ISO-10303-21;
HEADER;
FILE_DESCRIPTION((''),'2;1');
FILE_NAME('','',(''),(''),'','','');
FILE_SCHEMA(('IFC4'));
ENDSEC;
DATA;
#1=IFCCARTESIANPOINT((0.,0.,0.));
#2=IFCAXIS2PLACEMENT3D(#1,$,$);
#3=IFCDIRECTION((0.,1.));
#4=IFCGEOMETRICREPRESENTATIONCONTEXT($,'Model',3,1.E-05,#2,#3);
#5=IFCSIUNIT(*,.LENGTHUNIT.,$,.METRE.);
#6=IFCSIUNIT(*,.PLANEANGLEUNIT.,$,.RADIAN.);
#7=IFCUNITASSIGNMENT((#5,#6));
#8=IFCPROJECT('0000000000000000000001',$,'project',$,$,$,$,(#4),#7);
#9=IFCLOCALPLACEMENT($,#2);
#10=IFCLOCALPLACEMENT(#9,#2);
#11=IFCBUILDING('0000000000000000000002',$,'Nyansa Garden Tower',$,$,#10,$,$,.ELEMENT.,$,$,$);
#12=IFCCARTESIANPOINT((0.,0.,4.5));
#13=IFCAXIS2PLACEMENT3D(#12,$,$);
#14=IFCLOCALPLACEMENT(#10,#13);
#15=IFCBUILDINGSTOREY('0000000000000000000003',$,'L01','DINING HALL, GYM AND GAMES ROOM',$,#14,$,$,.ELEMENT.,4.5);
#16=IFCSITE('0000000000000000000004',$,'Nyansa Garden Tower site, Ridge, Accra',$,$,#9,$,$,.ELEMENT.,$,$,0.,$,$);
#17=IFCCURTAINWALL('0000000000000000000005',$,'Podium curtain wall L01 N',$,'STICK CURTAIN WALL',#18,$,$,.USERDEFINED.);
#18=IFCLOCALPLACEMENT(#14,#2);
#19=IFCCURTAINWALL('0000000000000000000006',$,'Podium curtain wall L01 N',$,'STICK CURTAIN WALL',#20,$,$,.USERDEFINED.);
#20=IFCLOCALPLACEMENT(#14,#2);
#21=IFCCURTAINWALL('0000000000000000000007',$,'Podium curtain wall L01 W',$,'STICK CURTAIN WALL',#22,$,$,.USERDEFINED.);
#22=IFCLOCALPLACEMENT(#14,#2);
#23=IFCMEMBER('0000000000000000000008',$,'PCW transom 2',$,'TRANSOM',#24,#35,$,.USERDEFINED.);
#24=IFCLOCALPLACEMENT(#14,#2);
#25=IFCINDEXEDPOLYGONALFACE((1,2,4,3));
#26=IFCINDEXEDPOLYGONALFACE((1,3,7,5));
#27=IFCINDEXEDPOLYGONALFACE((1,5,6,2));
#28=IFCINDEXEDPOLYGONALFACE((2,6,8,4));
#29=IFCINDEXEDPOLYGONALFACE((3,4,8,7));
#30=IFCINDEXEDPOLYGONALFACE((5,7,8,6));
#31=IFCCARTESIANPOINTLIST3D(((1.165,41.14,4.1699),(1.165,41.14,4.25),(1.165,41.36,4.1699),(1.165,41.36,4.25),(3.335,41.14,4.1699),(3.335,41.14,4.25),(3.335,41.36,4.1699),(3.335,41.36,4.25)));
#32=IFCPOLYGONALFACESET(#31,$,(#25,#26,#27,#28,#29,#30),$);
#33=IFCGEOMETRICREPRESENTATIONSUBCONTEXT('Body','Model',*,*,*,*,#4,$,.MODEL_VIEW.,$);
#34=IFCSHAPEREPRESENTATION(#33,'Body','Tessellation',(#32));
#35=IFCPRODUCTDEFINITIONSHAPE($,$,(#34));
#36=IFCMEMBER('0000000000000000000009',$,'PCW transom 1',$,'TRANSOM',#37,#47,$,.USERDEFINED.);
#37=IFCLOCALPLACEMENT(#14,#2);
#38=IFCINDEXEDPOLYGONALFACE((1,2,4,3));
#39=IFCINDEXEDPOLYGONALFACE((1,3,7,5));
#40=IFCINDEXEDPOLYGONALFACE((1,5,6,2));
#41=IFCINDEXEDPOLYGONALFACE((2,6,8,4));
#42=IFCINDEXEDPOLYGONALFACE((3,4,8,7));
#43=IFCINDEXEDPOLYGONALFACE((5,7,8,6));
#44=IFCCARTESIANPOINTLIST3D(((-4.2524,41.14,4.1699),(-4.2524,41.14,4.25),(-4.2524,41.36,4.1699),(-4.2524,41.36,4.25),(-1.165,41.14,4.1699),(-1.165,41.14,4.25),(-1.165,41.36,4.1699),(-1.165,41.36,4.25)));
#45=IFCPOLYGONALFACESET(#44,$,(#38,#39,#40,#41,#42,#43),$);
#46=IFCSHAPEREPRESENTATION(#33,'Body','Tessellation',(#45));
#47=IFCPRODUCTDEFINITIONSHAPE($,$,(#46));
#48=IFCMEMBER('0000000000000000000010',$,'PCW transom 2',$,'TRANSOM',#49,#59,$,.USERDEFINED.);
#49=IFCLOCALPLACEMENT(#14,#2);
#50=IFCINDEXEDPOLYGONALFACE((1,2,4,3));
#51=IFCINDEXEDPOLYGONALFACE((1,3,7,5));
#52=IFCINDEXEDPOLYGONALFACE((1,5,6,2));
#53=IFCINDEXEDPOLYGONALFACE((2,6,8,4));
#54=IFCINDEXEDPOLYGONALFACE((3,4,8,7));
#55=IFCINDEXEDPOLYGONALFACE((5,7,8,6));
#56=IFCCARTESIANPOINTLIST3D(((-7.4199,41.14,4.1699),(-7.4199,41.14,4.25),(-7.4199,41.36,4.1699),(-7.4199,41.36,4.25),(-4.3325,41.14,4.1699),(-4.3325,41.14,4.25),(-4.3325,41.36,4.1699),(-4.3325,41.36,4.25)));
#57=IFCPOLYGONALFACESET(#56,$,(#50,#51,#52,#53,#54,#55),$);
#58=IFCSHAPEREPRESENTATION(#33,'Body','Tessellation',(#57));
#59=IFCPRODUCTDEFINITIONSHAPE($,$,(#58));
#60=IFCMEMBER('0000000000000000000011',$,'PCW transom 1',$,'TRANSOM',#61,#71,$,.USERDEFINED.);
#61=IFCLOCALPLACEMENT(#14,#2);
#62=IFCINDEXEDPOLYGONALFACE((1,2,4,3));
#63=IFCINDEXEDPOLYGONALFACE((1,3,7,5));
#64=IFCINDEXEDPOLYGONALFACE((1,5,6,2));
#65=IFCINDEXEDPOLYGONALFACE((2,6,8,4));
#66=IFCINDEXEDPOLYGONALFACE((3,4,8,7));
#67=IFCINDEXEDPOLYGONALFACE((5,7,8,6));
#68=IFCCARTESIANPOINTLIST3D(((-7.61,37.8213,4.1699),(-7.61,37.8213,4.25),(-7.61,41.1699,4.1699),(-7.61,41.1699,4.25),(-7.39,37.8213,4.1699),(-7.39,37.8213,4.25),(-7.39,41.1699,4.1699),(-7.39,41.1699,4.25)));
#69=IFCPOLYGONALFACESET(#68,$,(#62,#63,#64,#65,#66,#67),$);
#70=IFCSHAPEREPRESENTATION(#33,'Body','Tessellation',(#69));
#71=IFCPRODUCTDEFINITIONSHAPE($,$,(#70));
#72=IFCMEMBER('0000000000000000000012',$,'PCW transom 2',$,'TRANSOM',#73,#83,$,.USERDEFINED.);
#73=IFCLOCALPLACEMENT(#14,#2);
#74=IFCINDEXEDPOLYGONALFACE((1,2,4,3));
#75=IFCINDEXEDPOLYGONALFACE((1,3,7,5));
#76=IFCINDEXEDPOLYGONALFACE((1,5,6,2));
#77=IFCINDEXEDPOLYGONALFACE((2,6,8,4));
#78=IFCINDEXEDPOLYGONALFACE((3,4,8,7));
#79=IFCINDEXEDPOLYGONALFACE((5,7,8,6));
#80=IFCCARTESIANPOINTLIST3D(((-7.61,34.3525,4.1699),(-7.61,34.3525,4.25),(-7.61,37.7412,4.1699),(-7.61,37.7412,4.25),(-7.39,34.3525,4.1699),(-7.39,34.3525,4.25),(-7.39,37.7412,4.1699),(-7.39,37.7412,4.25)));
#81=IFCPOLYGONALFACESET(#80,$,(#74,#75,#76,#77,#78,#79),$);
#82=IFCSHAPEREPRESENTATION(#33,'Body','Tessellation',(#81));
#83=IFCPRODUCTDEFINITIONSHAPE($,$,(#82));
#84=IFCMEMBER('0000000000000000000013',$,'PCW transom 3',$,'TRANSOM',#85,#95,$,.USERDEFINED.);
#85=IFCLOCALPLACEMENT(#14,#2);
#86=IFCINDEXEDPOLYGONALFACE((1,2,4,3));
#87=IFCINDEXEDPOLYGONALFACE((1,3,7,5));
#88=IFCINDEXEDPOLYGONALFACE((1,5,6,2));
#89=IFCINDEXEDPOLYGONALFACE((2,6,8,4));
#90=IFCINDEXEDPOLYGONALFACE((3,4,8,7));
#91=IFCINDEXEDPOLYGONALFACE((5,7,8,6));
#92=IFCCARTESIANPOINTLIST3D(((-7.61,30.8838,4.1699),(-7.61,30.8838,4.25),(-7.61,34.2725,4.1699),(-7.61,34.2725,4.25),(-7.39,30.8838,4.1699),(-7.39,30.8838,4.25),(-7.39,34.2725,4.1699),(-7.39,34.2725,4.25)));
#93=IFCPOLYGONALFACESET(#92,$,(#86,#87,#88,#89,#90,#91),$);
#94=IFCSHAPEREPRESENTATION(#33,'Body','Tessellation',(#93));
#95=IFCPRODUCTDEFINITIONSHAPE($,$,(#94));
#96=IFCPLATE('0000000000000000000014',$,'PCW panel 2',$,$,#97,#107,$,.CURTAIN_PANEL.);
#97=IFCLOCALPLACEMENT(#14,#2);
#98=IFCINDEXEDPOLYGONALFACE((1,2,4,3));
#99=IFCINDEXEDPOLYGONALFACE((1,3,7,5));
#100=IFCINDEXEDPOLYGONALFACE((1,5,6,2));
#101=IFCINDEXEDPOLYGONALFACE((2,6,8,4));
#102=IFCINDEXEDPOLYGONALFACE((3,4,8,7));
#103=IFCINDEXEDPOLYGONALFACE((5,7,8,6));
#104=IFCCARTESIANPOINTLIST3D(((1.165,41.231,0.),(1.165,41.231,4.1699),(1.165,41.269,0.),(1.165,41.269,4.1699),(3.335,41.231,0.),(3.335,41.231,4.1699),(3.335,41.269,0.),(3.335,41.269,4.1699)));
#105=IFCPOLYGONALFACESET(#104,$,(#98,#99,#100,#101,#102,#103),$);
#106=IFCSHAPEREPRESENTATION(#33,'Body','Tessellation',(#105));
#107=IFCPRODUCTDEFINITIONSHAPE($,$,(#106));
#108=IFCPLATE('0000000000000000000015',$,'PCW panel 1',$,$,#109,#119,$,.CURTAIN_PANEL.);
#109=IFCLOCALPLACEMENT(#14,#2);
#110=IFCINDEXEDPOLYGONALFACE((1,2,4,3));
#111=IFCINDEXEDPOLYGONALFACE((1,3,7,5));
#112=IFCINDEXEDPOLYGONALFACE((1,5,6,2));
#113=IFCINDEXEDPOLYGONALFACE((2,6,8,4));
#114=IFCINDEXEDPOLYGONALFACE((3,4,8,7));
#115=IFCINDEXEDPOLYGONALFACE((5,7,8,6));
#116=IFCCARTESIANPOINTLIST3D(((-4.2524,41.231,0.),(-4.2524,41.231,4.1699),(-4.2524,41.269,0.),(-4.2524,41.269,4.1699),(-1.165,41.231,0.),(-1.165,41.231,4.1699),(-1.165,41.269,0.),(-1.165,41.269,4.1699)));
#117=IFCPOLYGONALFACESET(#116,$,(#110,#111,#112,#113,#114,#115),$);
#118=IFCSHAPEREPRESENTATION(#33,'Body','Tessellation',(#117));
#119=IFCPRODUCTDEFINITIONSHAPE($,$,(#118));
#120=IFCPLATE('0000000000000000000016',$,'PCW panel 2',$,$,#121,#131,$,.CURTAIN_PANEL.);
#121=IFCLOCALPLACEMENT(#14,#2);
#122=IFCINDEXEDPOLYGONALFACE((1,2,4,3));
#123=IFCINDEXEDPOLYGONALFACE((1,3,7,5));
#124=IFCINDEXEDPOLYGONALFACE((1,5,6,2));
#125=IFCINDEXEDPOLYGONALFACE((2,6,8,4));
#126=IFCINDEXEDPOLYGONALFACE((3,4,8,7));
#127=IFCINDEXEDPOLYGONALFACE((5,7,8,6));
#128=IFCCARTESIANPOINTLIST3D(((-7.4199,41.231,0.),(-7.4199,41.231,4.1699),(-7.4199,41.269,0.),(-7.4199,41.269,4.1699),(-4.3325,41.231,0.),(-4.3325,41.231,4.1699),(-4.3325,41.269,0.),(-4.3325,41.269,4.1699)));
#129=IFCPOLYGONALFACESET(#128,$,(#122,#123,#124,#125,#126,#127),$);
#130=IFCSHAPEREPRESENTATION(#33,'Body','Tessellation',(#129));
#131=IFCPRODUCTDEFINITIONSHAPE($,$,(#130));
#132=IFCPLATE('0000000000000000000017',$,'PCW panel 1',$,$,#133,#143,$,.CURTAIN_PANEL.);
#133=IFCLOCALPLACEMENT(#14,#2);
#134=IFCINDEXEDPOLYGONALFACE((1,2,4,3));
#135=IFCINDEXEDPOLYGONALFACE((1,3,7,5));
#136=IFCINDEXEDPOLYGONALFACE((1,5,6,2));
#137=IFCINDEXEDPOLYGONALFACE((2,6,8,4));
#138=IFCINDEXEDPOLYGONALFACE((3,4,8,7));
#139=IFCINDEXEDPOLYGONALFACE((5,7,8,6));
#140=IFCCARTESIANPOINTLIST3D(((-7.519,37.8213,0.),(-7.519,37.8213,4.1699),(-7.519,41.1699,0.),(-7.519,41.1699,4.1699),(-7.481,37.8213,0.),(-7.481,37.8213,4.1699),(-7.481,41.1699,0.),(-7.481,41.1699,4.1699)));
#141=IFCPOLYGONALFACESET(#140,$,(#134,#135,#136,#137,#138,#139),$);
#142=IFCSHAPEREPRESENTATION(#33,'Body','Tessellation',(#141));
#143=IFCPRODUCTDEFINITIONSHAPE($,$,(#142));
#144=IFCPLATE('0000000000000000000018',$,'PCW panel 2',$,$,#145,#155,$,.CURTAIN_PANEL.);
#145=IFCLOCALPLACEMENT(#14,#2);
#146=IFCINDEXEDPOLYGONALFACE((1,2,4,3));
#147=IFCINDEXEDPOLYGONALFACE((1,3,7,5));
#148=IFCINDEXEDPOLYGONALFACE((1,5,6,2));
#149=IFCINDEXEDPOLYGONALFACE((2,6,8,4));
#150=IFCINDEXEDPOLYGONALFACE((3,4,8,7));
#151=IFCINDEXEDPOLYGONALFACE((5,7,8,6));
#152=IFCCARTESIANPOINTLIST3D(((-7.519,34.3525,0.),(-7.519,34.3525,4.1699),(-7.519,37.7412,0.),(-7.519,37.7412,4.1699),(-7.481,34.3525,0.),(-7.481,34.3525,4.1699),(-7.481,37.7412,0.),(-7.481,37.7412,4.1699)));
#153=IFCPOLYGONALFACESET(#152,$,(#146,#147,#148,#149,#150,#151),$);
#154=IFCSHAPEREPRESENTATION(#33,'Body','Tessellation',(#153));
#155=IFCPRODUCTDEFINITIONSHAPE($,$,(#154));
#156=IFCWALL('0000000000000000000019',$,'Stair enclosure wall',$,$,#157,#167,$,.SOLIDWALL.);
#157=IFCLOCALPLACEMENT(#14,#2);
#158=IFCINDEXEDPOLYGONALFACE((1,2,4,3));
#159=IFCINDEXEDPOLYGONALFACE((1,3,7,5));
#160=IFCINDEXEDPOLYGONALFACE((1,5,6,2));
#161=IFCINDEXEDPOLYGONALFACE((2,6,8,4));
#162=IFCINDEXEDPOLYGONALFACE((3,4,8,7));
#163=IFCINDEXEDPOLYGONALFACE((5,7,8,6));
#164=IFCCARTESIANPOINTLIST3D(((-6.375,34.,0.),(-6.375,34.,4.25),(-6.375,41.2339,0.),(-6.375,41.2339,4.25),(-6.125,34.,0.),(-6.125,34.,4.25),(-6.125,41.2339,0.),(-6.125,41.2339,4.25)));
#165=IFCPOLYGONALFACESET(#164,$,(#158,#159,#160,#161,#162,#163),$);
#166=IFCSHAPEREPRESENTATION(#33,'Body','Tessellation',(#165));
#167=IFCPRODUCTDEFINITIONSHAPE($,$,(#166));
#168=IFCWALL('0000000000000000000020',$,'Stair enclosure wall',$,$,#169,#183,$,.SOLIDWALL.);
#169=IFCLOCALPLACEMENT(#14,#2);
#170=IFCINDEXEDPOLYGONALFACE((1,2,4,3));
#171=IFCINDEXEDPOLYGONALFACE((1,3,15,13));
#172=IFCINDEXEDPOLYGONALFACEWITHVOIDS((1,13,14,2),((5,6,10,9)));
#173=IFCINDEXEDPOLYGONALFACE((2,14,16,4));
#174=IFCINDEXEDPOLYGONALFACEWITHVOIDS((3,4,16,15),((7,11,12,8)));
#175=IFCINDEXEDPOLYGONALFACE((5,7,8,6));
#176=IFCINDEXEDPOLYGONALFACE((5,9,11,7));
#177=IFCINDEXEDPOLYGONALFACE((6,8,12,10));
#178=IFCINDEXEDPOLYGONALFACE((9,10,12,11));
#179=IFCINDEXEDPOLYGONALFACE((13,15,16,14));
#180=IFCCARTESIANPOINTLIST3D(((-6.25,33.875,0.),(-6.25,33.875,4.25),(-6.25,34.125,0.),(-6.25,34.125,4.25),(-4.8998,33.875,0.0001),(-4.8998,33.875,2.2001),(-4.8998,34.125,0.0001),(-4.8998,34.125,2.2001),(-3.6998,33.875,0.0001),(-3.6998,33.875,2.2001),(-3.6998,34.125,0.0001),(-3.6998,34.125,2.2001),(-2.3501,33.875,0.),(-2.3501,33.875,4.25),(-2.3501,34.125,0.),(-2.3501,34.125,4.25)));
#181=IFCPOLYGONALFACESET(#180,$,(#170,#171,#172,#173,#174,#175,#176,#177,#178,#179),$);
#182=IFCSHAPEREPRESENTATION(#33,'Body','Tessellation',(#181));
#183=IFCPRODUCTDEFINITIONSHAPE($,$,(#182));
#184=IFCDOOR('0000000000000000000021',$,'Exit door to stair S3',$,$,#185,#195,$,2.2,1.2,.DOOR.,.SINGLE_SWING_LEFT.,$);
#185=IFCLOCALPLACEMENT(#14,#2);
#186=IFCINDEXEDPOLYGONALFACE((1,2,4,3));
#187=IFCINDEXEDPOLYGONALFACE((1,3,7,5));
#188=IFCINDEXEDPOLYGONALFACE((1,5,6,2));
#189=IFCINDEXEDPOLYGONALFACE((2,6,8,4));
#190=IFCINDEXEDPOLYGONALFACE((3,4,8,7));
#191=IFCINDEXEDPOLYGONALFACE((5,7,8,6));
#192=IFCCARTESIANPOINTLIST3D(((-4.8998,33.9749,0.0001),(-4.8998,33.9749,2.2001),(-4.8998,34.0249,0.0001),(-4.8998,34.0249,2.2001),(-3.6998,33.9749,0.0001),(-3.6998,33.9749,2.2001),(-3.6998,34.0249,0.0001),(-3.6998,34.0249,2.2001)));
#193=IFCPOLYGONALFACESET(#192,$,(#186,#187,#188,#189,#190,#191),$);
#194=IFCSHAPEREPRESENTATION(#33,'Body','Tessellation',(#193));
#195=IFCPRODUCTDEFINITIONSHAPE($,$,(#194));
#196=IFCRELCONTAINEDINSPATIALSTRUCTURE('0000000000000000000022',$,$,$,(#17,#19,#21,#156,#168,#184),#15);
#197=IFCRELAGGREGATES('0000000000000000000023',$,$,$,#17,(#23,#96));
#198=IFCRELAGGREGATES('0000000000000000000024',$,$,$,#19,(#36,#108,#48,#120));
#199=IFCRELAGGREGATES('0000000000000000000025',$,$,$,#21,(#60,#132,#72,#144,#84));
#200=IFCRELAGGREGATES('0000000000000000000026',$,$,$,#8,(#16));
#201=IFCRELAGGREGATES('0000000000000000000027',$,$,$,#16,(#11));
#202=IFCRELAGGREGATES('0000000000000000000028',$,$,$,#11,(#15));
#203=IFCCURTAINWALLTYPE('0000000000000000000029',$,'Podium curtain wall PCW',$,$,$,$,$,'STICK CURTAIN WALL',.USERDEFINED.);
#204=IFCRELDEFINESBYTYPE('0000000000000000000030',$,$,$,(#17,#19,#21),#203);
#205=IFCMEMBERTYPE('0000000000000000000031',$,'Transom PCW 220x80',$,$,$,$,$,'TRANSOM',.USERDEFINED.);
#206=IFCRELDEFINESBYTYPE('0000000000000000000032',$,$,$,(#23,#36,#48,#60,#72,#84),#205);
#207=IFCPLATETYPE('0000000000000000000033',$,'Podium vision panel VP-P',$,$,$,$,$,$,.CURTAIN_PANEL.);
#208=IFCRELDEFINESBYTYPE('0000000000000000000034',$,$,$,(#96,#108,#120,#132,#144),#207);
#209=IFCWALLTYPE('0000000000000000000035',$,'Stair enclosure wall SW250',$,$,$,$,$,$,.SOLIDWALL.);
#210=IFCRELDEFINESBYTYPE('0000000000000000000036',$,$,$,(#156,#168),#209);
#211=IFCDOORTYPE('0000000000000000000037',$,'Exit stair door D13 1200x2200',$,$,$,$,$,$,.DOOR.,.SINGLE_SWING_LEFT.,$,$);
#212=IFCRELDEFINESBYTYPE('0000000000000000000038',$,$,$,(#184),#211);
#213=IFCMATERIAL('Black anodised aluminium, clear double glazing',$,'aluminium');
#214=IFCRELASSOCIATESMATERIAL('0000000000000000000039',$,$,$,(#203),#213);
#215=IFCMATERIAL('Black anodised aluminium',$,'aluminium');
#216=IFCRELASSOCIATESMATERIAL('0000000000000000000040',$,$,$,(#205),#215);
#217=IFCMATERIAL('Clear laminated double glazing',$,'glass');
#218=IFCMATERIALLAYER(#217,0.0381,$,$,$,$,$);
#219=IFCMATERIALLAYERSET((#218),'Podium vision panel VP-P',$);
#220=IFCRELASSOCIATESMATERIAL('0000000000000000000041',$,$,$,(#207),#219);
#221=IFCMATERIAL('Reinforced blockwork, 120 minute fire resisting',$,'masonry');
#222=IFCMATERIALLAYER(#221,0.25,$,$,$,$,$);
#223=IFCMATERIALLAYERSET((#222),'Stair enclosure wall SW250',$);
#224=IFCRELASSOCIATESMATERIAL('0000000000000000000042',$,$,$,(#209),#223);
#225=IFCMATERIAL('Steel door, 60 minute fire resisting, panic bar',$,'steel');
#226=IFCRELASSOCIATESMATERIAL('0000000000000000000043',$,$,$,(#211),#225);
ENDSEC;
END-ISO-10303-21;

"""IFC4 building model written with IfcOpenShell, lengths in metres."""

from ifc_helpers import new_model, si_unit, direction, frame, frame_2d, origin, origin_2d, place, context, subcontext, project, spatial, rectangle, extrude, material, layer, layer_set, material_profile, profile_set, type_object, element, fill, aggregate, save


model = new_model("IFC4")

# Units and contexts
model_context = context("Model", 3, precision=1e-05, world=origin(), true_north=direction((0.0, 1.0)))
body_context = subcontext(model_context, "Body", "Model", "MODEL_VIEW")
ifc_project = project(units=[si_unit("LENGTHUNIT", "METRE"), si_unit("PLANEANGLEUNIT", "RADIAN")], contexts=[model_context])

# Site, building, storey
site_placement = place(None, origin())
site = spatial("IfcSite", under=ifc_project, at=site_placement, Name="Nyansa Garden Tower site, Ridge, Accra", CompositionType="ELEMENT", RefElevation=0.0)
building_placement = place(site_placement, origin())
building = spatial("IfcBuilding", under=site, at=building_placement, Name="Nyansa Garden Tower", CompositionType="ELEMENT")
storey_placement = place(building_placement, frame((0.0, 0.0, 4.5)))
storey = spatial("IfcBuildingStorey", under=building, at=storey_placement, Name="L01", Description="DINING HALL, GYM AND GAMES ROOM", CompositionType="ELEMENT", Elevation=4.5)

# Curtain wall
ifc_material_1 = material(Name="Black anodised aluminium, clear double glazing", Category="aluminium")
curtain_wall_type = type_object("IfcCurtainWallType", Name="Podium curtain wall PCW", ElementType="STICK CURTAIN WALL", PredefinedType="USERDEFINED", material=ifc_material_1)
curtain_wall_1_placement = place(storey_placement, origin())
curtain_wall_1 = element("IfcCurtainWall", 1, at=curtain_wall_1_placement, inside=storey, type_object=curtain_wall_type, Name="Podium curtain wall L01 N", ObjectType="STICK CURTAIN WALL", PredefinedType="USERDEFINED")

# Curtain walls
curtain_wall_2_placement = place(storey_placement, origin())
curtain_wall_2 = element("IfcCurtainWall", 2, at=curtain_wall_2_placement, inside=storey, type_object=curtain_wall_type, Name="Podium curtain wall L01 N", ObjectType="STICK CURTAIN WALL", PredefinedType="USERDEFINED")
curtain_wall_3_placement = place(storey_placement, origin())
curtain_wall_3 = element("IfcCurtainWall", 3, at=curtain_wall_3_placement, inside=storey, type_object=curtain_wall_type, Name="Podium curtain wall L01 W", ObjectType="STICK CURTAIN WALL", PredefinedType="USERDEFINED")

# Members
ifc_material_2 = material(Name="Black anodised aluminium", Category="aluminium")
ifc_material_profile_1 = material_profile(ifc_material_2, rectangle(XDim=0.22, YDim=0.0801, at=origin_2d()), Name="Transom 220x80")
ifc_profile_set_1 = profile_set([ifc_material_profile_1], Name="Black anodised aluminium")
member_type_1 = type_object("IfcMemberType", Name="Transom PCW 220x80", ElementType="TRANSOM", PredefinedType="USERDEFINED", material=ifc_profile_set_1)
member_1_placement = place(storey_placement, frame((3.335, 41.25, 4.21), z_axis=(-1.0, 0.0, 0.0), x_axis=(0.0, -1.0, 0.0)))
member_1 = element("IfcMember", 4, at=member_1_placement, type_object=member_type_1, Name="PCW transom 2", ObjectType="TRANSOM", PredefinedType="USERDEFINED", context=body_context, shape_type="SweptSolid", body=[
    extrude(rectangle(XDim=0.22, YDim=0.0801, at=origin_2d()), origin(), (0.0, 0.0, 1.0), 2.1699),
])
member_2_placement = place(storey_placement, frame((-1.165, 41.25, 4.21), z_axis=(-1.0, 0.0, 0.0), x_axis=(0.0, -1.0, 0.0)))
member_2 = element("IfcMember", 5, at=member_2_placement, type_object=member_type_1, Name="PCW transom 1", ObjectType="TRANSOM", PredefinedType="USERDEFINED", context=body_context, shape_type="SweptSolid", body=[
    extrude(rectangle(XDim=0.22, YDim=0.0801, at=origin_2d()), origin(), (0.0, 0.0, 1.0), 3.0874),
])
member_3_placement = place(storey_placement, frame((-4.3325, 41.25, 4.21), z_axis=(-1.0, 0.0, 0.0), x_axis=(0.0, -1.0, 0.0)))
member_3 = element("IfcMember", 6, at=member_3_placement, type_object=member_type_1, Name="PCW transom 2", ObjectType="TRANSOM", PredefinedType="USERDEFINED", context=body_context, shape_type="SweptSolid", body=[
    extrude(rectangle(XDim=0.22, YDim=0.0801, at=origin_2d()), origin(), (0.0, 0.0, 1.0), 3.0874),
])
member_4_placement = place(storey_placement, frame((-7.5, 41.1699, 4.21), z_axis=(0.0, -1.0, 0.0), x_axis=(1.0, 0.0, 0.0)))
member_4 = element("IfcMember", 7, at=member_4_placement, type_object=member_type_1, Name="PCW transom 1", ObjectType="TRANSOM", PredefinedType="USERDEFINED", context=body_context, shape_type="SweptSolid", body=[
    extrude(rectangle(XDim=0.22, YDim=0.0801, at=origin_2d()), origin(), (0.0, 0.0, 1.0), 3.3486),
])
member_5_placement = place(storey_placement, frame((-7.5, 37.7412, 4.21), z_axis=(0.0, -1.0, 0.0), x_axis=(1.0, 0.0, 0.0)))
member_5 = element("IfcMember", 8, at=member_5_placement, type_object=member_type_1, Name="PCW transom 2", ObjectType="TRANSOM", PredefinedType="USERDEFINED", context=body_context, shape_type="SweptSolid", body=[
    extrude(rectangle(XDim=0.22, YDim=0.0801, at=origin_2d()), origin(), (0.0, 0.0, 1.0), 3.3887),
])
member_6_placement = place(storey_placement, frame((-7.5, 34.2725, 4.21), z_axis=(0.0, -1.0, 0.0), x_axis=(1.0, 0.0, 0.0)))
member_6 = element("IfcMember", 9, at=member_6_placement, type_object=member_type_1, Name="PCW transom 3", ObjectType="TRANSOM", PredefinedType="USERDEFINED", context=body_context, shape_type="SweptSolid", body=[
    extrude(rectangle(XDim=0.22, YDim=0.0801, at=origin_2d()), origin(), (0.0, 0.0, 1.0), 3.3887),
])

# Plates
ifc_material_3 = material(Name="Clear laminated double glazing", Category="glass")
ifc_layer_1 = layer(ifc_material_3, 0.0381)
ifc_layer_set_1 = layer_set([ifc_layer_1], Name="Podium vision panel VP-P")
plate_type = type_object("IfcPlateType", Name="Podium vision panel VP-P", PredefinedType="CURTAIN_PANEL", material=ifc_layer_set_1)
plate_1_placement = place(storey_placement, frame((2.25, 41.25, 0.0), z_axis=(0.0, 0.0, 1.0), x_axis=(-1.0, 0.0, 0.0)))
plate_1 = element("IfcPlate", 10, at=plate_1_placement, type_object=plate_type, Name="PCW panel 2", PredefinedType="CURTAIN_PANEL", context=body_context, shape_type="SweptSolid", body=[
    extrude(rectangle(XDim=2.1699, YDim=0.0381, at=origin_2d()), origin(), (0.0, 0.0, 1.0), 4.1699),
])
aggregate(curtain_wall_1, [member_1, plate_1])
plate_2_placement = place(storey_placement, frame((-2.7087, 41.25, 0.0), z_axis=(0.0, 0.0, 1.0), x_axis=(-1.0, 0.0, 0.0)))
plate_2 = element("IfcPlate", 11, at=plate_2_placement, type_object=plate_type, Name="PCW panel 1", PredefinedType="CURTAIN_PANEL", context=body_context, shape_type="SweptSolid", body=[
    extrude(rectangle(XDim=3.0874, YDim=0.0381, at=origin_2d()), origin(), (0.0, 0.0, 1.0), 4.1699),
])
plate_3_placement = place(storey_placement, frame((-5.8762, 41.25, 0.0), z_axis=(0.0, 0.0, 1.0), x_axis=(-1.0, 0.0, 0.0)))
plate_3 = element("IfcPlate", 12, at=plate_3_placement, type_object=plate_type, Name="PCW panel 2", PredefinedType="CURTAIN_PANEL", context=body_context, shape_type="SweptSolid", body=[
    extrude(rectangle(XDim=3.0874, YDim=0.0381, at=origin_2d()), origin(), (0.0, 0.0, 1.0), 4.1699),
])
aggregate(curtain_wall_2, [member_2, plate_2, member_3, plate_3])
plate_4_placement = place(storey_placement, frame((-7.5, 39.4956, 0.0), z_axis=(0.0, 0.0, 1.0), x_axis=(0.0, -1.0, 0.0)))
plate_4 = element("IfcPlate", 13, at=plate_4_placement, type_object=plate_type, Name="PCW panel 1", PredefinedType="CURTAIN_PANEL", context=body_context, shape_type="SweptSolid", body=[
    extrude(rectangle(XDim=3.3486, YDim=0.0381, at=origin_2d()), origin(), (0.0, 0.0, 1.0), 4.1699),
])
plate_5_placement = place(storey_placement, frame((-7.5, 36.0469, 0.0), z_axis=(0.0, 0.0, 1.0), x_axis=(0.0, -1.0, 0.0)))
plate_5 = element("IfcPlate", 14, at=plate_5_placement, type_object=plate_type, Name="PCW panel 2", PredefinedType="CURTAIN_PANEL", context=body_context, shape_type="SweptSolid", body=[
    extrude(rectangle(XDim=3.3887, YDim=0.0381, at=origin_2d()), origin(), (0.0, 0.0, 1.0), 4.1699),
])
aggregate(curtain_wall_3, [member_4, plate_4, member_5, plate_5, member_6])

# Wall
ifc_material_4 = material(Name="Reinforced blockwork, 120 minute fire resisting", Category="masonry")
ifc_layer_2 = layer(ifc_material_4, 0.25)
ifc_layer_set_2 = layer_set([ifc_layer_2], Name="Stair enclosure wall SW250")
wall_type = type_object("IfcWallType", Name="Stair enclosure wall SW250", PredefinedType="SOLIDWALL", material=ifc_layer_set_2)
wall_1_placement = place(storey_placement, frame((-6.25, 34.0, 0.0), z_axis=(0.0, 0.0, 1.0), x_axis=(0.0, 1.0, 0.0)))
element("IfcWall", 15, at=wall_1_placement, inside=storey, type_object=wall_type, Name="Stair enclosure wall", PredefinedType="SOLIDWALL", context=body_context, shape_type="SweptSolid", body=[
    extrude(rectangle(XDim=7.2339, YDim=0.25, at=frame_2d((3.6169, 0.0))), origin(), (0.0, 0.0, 1.0), 4.25),
])

# Wall, opening, door
wall_2_placement = place(storey_placement, frame((-6.25, 34.0, 0.0), z_axis=(0.0, 0.0, 1.0), x_axis=(1.0, 0.0, 0.0)))
wall_2 = element("IfcWall", 16, at=wall_2_placement, inside=storey, type_object=wall_type, Name="Stair enclosure wall", PredefinedType="SOLIDWALL", context=body_context, shape_type="SweptSolid", body=[
    extrude(rectangle(XDim=3.8999, YDim=0.25, at=frame_2d((1.95, 0.0))), origin(), (0.0, 0.0, 1.0), 4.25),
])
opening_placement = place(wall_2_placement, frame((1.3501, 0.0, 0.0)))
opening = element("IfcOpeningElement", 17, at=opening_placement, cuts=wall_2, PredefinedType="OPENING", context=body_context, shape_type="SweptSolid", body=[
    extrude(rectangle(XDim=1.2, YDim=2.2, at=frame_2d((0.6001, 1.1001))), frame((0.0, 0.135, 0.0), z_axis=(0.0, -1.0, 0.0), x_axis=(1.0, 0.0, 0.0)), (0.0, 0.0, 1.0), 0.27),
])
ifc_material_5 = material(Name="Steel door, 60 minute fire resisting, panic bar", Category="steel")
door_type = type_object("IfcDoorType", Name="Exit stair door D13 1200x2200", OperationType="SINGLE_SWING_LEFT", PredefinedType="DOOR", material=ifc_material_5)
door_placement = place(opening_placement, origin())
door = element("IfcDoor", 18, at=door_placement, inside=storey, type_object=door_type, Name="Exit door to stair S3", OperationType="SINGLE_SWING_LEFT", OverallHeight=2.2, OverallWidth=1.2, PredefinedType="DOOR", context=body_context, shape_type="SweptSolid", body=[
    extrude(rectangle(XDim=1.2, YDim=2.2, at=frame_2d((0.6001, 1.1001))), frame((0.0, 0.0249, 0.0), z_axis=(0.0, -1.0, 0.0), x_axis=(1.0, 0.0, 0.0)), (0.0, 0.0, 1.0), 0.05),
])
fill(opening, door)

save(model, "model.ifc")
